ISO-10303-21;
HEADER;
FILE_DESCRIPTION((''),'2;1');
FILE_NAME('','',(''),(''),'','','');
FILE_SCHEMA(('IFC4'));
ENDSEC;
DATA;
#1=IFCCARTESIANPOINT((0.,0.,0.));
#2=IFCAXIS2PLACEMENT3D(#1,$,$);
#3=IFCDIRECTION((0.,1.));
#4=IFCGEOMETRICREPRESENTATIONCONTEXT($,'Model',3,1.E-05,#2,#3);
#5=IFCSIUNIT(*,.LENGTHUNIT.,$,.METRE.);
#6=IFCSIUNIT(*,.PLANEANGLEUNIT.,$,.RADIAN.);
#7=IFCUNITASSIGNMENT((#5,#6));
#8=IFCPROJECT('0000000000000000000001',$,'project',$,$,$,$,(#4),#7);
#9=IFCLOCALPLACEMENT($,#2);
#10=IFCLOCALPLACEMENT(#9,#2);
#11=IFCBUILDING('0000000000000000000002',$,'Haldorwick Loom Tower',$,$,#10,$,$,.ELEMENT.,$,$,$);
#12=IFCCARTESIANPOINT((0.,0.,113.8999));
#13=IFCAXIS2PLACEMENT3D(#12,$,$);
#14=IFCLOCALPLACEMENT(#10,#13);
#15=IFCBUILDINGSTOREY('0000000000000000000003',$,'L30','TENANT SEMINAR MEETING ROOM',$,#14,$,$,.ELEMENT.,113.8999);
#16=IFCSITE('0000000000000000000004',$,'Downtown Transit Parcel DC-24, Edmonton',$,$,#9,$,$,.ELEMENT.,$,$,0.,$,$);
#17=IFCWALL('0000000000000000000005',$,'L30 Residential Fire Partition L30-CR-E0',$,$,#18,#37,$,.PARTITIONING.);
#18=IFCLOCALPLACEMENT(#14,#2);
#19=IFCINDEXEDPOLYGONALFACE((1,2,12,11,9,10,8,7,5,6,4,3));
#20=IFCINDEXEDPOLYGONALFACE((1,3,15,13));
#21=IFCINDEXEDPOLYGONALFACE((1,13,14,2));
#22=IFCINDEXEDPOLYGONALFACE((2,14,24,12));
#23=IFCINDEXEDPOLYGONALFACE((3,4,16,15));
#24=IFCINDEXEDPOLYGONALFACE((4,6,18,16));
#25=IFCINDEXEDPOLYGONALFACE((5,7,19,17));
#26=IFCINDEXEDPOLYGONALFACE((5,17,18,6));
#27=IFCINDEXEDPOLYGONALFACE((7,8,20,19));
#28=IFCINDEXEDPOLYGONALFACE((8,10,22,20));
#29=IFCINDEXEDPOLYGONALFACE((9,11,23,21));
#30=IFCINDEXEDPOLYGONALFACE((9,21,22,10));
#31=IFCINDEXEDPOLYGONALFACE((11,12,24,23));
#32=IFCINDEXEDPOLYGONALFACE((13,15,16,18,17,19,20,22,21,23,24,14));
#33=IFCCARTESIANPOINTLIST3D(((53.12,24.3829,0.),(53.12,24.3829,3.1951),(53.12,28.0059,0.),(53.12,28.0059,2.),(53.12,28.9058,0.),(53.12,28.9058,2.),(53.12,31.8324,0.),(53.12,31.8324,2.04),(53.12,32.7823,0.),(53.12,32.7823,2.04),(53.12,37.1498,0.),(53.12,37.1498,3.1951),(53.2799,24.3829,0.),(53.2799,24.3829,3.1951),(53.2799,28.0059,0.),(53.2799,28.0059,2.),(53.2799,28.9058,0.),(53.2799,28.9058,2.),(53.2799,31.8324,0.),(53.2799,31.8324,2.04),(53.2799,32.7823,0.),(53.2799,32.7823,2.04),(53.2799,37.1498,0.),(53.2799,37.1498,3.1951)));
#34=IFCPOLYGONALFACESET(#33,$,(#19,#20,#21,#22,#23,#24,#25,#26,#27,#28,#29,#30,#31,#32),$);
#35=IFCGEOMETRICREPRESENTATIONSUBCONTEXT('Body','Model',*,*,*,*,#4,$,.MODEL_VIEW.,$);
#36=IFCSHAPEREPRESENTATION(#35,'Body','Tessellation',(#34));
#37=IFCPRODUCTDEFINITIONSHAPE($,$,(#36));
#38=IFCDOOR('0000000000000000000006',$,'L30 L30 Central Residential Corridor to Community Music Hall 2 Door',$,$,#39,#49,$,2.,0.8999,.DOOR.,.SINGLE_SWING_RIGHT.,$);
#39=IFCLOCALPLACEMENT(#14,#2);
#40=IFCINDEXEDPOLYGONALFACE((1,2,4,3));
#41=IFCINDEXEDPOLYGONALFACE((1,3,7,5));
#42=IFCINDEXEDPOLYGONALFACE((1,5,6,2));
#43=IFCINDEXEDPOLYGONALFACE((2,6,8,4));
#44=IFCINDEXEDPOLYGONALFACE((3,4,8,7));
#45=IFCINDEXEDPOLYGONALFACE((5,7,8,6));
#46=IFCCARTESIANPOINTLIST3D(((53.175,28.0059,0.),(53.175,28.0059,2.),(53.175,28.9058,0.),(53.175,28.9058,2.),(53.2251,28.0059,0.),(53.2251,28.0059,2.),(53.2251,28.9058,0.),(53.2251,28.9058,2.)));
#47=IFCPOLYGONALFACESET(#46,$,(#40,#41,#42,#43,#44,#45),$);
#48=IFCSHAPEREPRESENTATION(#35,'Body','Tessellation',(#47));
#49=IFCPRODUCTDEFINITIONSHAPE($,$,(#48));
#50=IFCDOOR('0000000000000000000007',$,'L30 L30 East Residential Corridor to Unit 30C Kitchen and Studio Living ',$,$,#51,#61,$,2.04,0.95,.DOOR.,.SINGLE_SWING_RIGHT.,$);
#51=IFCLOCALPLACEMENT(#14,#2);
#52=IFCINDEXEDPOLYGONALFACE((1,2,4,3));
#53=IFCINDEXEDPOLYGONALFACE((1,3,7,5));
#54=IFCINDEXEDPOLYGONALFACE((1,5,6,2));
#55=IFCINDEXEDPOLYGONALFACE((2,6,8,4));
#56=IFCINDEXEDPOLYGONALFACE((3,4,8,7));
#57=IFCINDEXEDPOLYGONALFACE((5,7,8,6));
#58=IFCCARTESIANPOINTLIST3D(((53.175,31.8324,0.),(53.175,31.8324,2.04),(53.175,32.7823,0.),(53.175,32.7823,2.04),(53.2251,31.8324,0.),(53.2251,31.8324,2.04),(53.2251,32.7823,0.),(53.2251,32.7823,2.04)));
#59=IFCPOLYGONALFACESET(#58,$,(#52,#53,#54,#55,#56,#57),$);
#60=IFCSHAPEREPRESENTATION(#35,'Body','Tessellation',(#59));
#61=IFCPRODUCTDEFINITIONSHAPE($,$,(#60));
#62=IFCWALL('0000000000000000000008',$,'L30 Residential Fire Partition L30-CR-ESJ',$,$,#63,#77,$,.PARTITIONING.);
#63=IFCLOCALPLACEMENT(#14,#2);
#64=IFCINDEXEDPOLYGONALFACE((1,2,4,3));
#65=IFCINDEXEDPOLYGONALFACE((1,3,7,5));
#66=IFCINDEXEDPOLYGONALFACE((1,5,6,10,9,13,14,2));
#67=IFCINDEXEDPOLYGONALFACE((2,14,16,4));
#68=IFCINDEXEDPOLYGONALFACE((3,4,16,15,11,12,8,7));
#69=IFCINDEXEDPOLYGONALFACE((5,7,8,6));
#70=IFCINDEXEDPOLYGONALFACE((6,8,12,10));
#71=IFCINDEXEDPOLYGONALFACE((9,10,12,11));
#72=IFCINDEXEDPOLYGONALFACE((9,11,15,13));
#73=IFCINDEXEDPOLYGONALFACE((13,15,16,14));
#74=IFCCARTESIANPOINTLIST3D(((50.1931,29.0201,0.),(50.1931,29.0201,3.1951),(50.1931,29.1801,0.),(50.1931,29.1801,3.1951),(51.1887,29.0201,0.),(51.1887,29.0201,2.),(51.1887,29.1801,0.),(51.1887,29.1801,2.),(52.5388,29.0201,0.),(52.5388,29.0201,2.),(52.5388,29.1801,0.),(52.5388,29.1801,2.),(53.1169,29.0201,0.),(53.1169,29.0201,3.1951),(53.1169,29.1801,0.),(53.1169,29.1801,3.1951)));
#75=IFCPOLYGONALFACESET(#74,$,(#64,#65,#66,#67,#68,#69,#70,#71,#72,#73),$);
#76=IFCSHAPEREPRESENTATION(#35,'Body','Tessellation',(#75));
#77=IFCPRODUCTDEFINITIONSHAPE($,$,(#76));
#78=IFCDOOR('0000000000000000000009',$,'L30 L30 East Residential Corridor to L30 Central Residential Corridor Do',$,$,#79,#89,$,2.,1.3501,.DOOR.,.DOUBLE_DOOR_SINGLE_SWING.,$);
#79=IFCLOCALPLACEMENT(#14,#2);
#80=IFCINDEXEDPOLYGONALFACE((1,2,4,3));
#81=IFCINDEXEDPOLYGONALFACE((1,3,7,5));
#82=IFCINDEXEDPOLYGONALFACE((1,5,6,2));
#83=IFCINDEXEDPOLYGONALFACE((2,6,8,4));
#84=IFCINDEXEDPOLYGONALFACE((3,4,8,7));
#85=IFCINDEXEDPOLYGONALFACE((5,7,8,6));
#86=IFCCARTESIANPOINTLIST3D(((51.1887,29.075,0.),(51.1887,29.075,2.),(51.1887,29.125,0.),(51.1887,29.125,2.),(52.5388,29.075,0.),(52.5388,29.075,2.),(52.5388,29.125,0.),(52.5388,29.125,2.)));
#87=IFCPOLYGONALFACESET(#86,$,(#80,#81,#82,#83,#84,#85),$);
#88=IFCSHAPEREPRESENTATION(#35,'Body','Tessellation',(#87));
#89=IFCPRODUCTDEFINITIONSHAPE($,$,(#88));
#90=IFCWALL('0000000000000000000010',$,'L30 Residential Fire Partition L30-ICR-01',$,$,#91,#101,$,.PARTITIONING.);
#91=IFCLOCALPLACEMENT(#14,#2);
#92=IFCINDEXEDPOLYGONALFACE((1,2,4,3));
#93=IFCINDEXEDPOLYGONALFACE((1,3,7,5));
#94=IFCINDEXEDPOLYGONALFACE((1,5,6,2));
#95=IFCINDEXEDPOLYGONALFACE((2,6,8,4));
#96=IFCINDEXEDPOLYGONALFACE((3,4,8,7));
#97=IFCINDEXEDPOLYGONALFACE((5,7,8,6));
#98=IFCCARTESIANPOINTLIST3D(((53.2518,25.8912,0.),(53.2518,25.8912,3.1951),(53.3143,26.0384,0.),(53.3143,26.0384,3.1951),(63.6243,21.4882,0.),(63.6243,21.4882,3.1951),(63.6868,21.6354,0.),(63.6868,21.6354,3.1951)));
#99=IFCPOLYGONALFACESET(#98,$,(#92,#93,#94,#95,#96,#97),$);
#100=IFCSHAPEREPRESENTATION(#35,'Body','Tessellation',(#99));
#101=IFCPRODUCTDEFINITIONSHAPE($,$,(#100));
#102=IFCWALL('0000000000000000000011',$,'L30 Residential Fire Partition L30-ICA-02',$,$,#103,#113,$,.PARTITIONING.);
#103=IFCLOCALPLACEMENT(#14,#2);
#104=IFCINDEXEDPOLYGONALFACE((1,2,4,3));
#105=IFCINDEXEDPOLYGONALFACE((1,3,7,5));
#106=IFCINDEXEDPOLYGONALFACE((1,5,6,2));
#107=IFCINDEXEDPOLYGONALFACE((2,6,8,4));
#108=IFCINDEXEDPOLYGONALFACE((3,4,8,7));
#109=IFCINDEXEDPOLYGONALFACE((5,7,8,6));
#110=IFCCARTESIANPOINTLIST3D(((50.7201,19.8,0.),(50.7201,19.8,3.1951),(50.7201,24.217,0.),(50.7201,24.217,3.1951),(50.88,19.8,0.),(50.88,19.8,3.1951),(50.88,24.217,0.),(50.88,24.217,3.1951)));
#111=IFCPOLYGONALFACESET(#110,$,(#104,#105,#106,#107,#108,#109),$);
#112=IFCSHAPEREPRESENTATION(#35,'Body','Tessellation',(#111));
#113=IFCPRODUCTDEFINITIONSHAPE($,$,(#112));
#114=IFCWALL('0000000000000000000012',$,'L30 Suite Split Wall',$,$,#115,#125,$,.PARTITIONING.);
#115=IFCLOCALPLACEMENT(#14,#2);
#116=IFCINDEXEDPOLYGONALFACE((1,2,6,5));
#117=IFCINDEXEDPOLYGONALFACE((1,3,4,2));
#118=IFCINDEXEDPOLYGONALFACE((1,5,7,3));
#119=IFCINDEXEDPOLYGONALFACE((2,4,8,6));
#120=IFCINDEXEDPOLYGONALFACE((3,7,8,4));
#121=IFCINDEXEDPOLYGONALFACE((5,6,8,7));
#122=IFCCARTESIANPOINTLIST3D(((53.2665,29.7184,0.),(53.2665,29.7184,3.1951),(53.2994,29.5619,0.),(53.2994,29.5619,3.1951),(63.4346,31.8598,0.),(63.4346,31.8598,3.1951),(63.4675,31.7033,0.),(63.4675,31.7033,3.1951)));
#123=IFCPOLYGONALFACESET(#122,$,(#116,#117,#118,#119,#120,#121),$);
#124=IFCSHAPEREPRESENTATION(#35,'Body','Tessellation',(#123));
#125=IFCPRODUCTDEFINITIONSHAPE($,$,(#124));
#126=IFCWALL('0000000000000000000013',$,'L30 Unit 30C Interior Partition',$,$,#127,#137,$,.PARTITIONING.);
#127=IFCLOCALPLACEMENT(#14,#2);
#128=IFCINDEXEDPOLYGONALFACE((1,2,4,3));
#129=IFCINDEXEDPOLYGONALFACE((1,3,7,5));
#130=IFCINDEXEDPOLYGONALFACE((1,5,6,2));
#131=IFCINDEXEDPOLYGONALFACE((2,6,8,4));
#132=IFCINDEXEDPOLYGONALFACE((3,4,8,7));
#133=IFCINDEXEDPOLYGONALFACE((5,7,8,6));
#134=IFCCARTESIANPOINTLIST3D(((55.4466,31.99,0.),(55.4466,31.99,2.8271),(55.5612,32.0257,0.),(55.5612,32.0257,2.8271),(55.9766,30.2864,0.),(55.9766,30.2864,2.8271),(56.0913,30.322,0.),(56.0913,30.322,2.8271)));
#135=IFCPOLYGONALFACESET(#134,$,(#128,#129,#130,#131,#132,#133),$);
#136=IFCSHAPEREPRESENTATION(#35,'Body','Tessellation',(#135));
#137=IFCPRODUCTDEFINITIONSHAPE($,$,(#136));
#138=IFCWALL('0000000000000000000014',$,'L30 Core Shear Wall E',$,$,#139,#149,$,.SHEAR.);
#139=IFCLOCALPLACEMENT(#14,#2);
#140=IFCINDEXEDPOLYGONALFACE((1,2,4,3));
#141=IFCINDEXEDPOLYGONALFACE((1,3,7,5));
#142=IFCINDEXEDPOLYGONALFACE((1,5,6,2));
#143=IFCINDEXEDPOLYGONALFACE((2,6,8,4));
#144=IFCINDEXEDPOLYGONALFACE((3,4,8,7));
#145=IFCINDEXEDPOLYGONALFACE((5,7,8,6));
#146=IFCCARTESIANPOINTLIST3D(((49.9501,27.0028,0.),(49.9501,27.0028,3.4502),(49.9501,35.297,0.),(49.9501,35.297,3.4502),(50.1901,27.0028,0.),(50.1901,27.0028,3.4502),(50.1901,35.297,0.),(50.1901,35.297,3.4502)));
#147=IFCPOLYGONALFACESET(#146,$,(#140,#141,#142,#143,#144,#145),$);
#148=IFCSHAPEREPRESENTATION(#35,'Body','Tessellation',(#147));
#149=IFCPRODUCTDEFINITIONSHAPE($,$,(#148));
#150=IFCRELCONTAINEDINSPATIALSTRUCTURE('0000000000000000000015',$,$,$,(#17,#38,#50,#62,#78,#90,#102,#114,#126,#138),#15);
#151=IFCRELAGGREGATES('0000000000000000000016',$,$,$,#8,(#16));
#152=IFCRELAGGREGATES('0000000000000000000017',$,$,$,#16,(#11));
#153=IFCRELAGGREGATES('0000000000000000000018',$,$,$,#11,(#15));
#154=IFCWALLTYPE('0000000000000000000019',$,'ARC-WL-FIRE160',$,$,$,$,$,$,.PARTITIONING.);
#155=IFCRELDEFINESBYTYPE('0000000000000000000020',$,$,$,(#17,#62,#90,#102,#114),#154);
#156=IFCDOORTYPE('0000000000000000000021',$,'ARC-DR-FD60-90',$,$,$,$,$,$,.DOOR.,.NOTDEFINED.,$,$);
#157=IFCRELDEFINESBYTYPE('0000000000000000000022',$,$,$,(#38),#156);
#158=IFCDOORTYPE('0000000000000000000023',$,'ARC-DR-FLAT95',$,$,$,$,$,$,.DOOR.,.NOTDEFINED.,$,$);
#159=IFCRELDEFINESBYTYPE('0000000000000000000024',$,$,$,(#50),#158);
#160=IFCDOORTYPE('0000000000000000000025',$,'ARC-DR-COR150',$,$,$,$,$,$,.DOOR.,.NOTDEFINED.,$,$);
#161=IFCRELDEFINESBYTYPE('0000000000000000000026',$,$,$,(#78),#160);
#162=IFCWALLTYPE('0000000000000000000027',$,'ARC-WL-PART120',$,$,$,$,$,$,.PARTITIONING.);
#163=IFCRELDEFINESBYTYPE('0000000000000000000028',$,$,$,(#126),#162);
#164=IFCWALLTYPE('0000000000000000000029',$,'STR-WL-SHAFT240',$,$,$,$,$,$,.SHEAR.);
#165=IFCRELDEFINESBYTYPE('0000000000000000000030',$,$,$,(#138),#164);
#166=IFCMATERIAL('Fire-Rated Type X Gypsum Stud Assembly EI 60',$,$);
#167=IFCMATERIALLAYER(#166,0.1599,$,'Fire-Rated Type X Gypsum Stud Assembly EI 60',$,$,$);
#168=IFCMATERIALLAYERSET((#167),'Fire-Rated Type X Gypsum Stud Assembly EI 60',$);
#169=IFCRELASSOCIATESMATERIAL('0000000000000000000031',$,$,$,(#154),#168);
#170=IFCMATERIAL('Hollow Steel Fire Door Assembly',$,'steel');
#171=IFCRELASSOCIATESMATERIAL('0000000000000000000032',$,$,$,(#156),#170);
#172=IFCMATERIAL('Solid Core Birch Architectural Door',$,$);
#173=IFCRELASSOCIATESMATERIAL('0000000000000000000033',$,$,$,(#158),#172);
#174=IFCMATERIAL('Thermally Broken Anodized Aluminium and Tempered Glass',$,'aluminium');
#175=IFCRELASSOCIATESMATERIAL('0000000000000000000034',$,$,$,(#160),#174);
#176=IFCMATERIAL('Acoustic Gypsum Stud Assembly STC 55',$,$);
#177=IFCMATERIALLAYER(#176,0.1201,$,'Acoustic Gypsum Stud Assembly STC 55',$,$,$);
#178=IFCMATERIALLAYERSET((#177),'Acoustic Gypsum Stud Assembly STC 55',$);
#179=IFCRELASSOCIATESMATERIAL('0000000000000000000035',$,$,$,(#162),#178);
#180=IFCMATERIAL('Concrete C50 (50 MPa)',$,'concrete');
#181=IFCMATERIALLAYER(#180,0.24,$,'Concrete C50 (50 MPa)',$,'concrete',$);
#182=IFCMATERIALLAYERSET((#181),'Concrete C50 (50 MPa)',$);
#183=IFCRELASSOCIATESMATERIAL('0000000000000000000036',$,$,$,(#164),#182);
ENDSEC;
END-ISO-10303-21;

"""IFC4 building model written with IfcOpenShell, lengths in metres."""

from ifc_helpers import new_model, si_unit, direction, frame, frame_2d, origin, place, context, subcontext, project, spatial, rectangle, extrude, material, layer, layer_set, type_object, element, fill, save


model = new_model("IFC4")

# Units and contexts
model_context = context("Model", 3, precision=1e-05, world=origin(), true_north=direction((0.0, 1.0)))
body_context = subcontext(model_context, "Body", "Model", "MODEL_VIEW")
ifc_project = project(units=[si_unit("LENGTHUNIT", "METRE"), si_unit("PLANEANGLEUNIT", "RADIAN")], contexts=[model_context])

# Site, building, storey
site_placement = place(None, origin())
site = spatial("IfcSite", under=ifc_project, at=site_placement, Name="Downtown Transit Parcel DC-24, Edmonton", CompositionType="ELEMENT", RefElevation=0.0)
building_placement = place(site_placement, origin())
building = spatial("IfcBuilding", under=site, at=building_placement, Name="Haldorwick Loom Tower", CompositionType="ELEMENT")
storey_placement = place(building_placement, frame((0.0, 0.0, 113.8999)))
storey = spatial("IfcBuildingStorey", under=building, at=storey_placement, Name="L30", Description="TENANT SEMINAR MEETING ROOM", CompositionType="ELEMENT", Elevation=113.8999)

# Wall, openings, doors
ifc_material_1 = material(Name="Fire-Rated Type X Gypsum Stud Assembly EI 60")
ifc_layer_1 = layer(ifc_material_1, 0.1599, Name="Fire-Rated Type X Gypsum Stud Assembly EI 60")
ifc_layer_set_1 = layer_set([ifc_layer_1], Name="Fire-Rated Type X Gypsum Stud Assembly EI 60")
wall_type_1 = type_object("IfcWallType", Name="ARC-WL-FIRE160", PredefinedType="PARTITIONING", material=ifc_layer_set_1)
wall_1_placement = place(storey_placement, frame((53.2, 24.3831, 0.0), z_axis=(0.0, 0.0, 1.0), x_axis=(0.0, 1.0, 0.0)))
wall_1 = element("IfcWall", 1, at=wall_1_placement, inside=storey, type_object=wall_type_1, Name="L30 Residential Fire Partition L30-CR-E0", PredefinedType="PARTITIONING", context=body_context, shape_type="SweptSolid", body=[
    extrude(rectangle(XDim=12.7668, YDim=0.1599, at=frame_2d((6.3833, 0.0))), origin(), (0.0, 0.0, 1.0), 3.1951),
])
opening_1_placement = place(wall_1_placement, frame((3.6228, 0.0, 0.0)))
opening_1 = element("IfcOpeningElement", 2, at=opening_1_placement, cuts=wall_1, PredefinedType="OPENING", context=body_context, shape_type="SweptSolid", body=[
    extrude(rectangle(XDim=0.8999, YDim=2.0, at=frame_2d((0.45, 1.0))), frame((0.0, 0.0898, 0.0), z_axis=(0.0, -1.0, 0.0), x_axis=(1.0, 0.0, 0.0)), (0.0, 0.0, 1.0), 0.1799),
])
opening_2_placement = place(wall_1_placement, frame((7.4492, 0.0, 0.0)))
opening_2 = element("IfcOpeningElement", 3, at=opening_2_placement, cuts=wall_1, PredefinedType="OPENING", context=body_context, shape_type="SweptSolid", body=[
    extrude(rectangle(XDim=0.95, YDim=2.04, at=frame_2d((0.4751, 1.02))), frame((0.0, 0.0898, 0.0), z_axis=(0.0, -1.0, 0.0), x_axis=(1.0, 0.0, 0.0)), (0.0, 0.0, 1.0), 0.1799),
])
ifc_material_2 = material(Name="Hollow Steel Fire Door Assembly", Category="steel")
door_type_1 = type_object("IfcDoorType", Name="ARC-DR-FD60-90", OperationType="NOTDEFINED", PredefinedType="DOOR", material=ifc_material_2)
door_1_placement = place(opening_1_placement, origin())
door_1 = element("IfcDoor", 4, at=door_1_placement, inside=storey, type_object=door_type_1, Name="L30 L30 Central Residential Corridor to Community Music Hall 2 Door", OperationType="SINGLE_SWING_RIGHT", OverallHeight=2.0, OverallWidth=0.8999, PredefinedType="DOOR", context=body_context, shape_type="SweptSolid", body=[
    extrude(rectangle(XDim=0.8999, YDim=2.0, at=frame_2d((0.45, 1.0))), frame((0.0, 0.0249, 0.0), z_axis=(0.0, -1.0, 0.0), x_axis=(1.0, 0.0, 0.0)), (0.0, 0.0, 1.0), 0.05),
])
fill(opening_1, door_1)
ifc_material_3 = material(Name="Solid Core Birch Architectural Door")
door_type_2 = type_object("IfcDoorType", Name="ARC-DR-FLAT95", OperationType="NOTDEFINED", PredefinedType="DOOR", material=ifc_material_3)
door_2_placement = place(opening_2_placement, origin())
door_2 = element("IfcDoor", 5, at=door_2_placement, inside=storey, type_object=door_type_2, Name="L30 L30 East Residential Corridor to Unit 30C Kitchen and Studio Living ", OperationType="SINGLE_SWING_RIGHT", OverallHeight=2.04, OverallWidth=0.95, PredefinedType="DOOR", context=body_context, shape_type="SweptSolid", body=[
    extrude(rectangle(XDim=0.95, YDim=2.04, at=frame_2d((0.4751, 1.02))), frame((0.0, 0.0249, 0.0), z_axis=(0.0, -1.0, 0.0), x_axis=(1.0, 0.0, 0.0)), (0.0, 0.0, 1.0), 0.05),
])
fill(opening_2, door_2)

# Wall, opening, door
wall_2_placement = place(storey_placement, frame((50.1931, 29.1001, 0.0), z_axis=(0.0, 0.0, 1.0), x_axis=(1.0, 0.0, 0.0)))
wall_2 = element("IfcWall", 6, at=wall_2_placement, inside=storey, type_object=wall_type_1, Name="L30 Residential Fire Partition L30-CR-ESJ", PredefinedType="PARTITIONING", context=body_context, shape_type="SweptSolid", body=[
    extrude(rectangle(XDim=2.9238, YDim=0.1599, at=frame_2d((1.4619, 0.0))), origin(), (0.0, 0.0, 1.0), 3.1951),
])
opening_3_placement = place(wall_2_placement, frame((0.9956, 0.0, 0.0)))
opening_3 = element("IfcOpeningElement", 7, at=opening_3_placement, cuts=wall_2, PredefinedType="OPENING", context=body_context, shape_type="SweptSolid", body=[
    extrude(rectangle(XDim=1.3501, YDim=2.0, at=frame_2d((0.675, 1.0))), frame((0.0, 0.0898, 0.0), z_axis=(0.0, -1.0, 0.0), x_axis=(1.0, 0.0, 0.0)), (0.0, 0.0, 1.0), 0.1799),
])
ifc_material_4 = material(Name="Thermally Broken Anodized Aluminium and Tempered Glass", Category="aluminium")
door_type_3 = type_object("IfcDoorType", Name="ARC-DR-COR150", OperationType="NOTDEFINED", PredefinedType="DOOR", material=ifc_material_4)
door_3_placement = place(opening_3_placement, origin())
door_3 = element("IfcDoor", 8, at=door_3_placement, inside=storey, type_object=door_type_3, Name="L30 L30 East Residential Corridor to L30 Central Residential Corridor Do", OperationType="DOUBLE_DOOR_SINGLE_SWING", OverallHeight=2.0, OverallWidth=1.3501, PredefinedType="DOOR", context=body_context, shape_type="SweptSolid", body=[
    extrude(rectangle(XDim=1.3501, YDim=2.0, at=frame_2d((0.675, 1.0))), frame((0.0, 0.0249, 0.0), z_axis=(0.0, -1.0, 0.0), x_axis=(1.0, 0.0, 0.0)), (0.0, 0.0, 1.0), 0.05),
])
fill(opening_3, door_3)

# Walls
wall_3_placement = place(storey_placement, frame((53.283, 25.9648, 0.0), z_axis=(0.0, 0.0, 1.0), x_axis=(0.920499, -0.390745, 0.0)))
element("IfcWall", 9, at=wall_3_placement, inside=storey, type_object=wall_type_1, Name="L30 Residential Fire Partition L30-ICR-01", PredefinedType="PARTITIONING", context=body_context, shape_type="SweptSolid", body=[
    extrude(rectangle(XDim=11.2683, YDim=0.1599, at=frame_2d((5.6343, 0.0))), origin(), (0.0, 0.0, 1.0), 3.1951),
])
wall_4_placement = place(storey_placement, frame((50.8, 24.217, 0.0), z_axis=(0.0, 0.0, 1.0), x_axis=(0.0, -1.0, 0.0)))
element("IfcWall", 10, at=wall_4_placement, inside=storey, type_object=wall_type_1, Name="L30 Residential Fire Partition L30-ICA-02", PredefinedType="PARTITIONING", context=body_context, shape_type="SweptSolid", body=[
    extrude(rectangle(XDim=4.417, YDim=0.1599, at=frame_2d((2.2085, 0.0))), origin(), (0.0, 0.0, 1.0), 3.1951),
])
wall_5_placement = place(storey_placement, frame((53.283, 29.6401, 0.0), z_axis=(0.0, 0.0, 1.0), x_axis=(0.978536, 0.206078, 0.0)))
element("IfcWall", 11, at=wall_5_placement, inside=storey, type_object=wall_type_1, Name="L30 Suite Split Wall", PredefinedType="PARTITIONING", context=body_context, shape_type="SweptSolid", body=[
    extrude(rectangle(XDim=10.3911, YDim=0.1599, at=frame_2d((5.1956, 0.0))), origin(), (0.0, 0.0, 1.0), 3.1951),
])
ifc_material_5 = material(Name="Acoustic Gypsum Stud Assembly STC 55")
ifc_layer_2 = layer(ifc_material_5, 0.1201, Name="Acoustic Gypsum Stud Assembly STC 55")
ifc_layer_set_2 = layer_set([ifc_layer_2], Name="Acoustic Gypsum Stud Assembly STC 55")
wall_type_2 = type_object("IfcWallType", Name="ARC-WL-PART120", PredefinedType="PARTITIONING", material=ifc_layer_set_2)
wall_6_placement = place(storey_placement, frame((56.0339, 30.3042, 0.0), z_axis=(0.0, 0.0, 1.0), x_axis=(-0.297075, 0.954854, 0.0)))
element("IfcWall", 12, at=wall_6_placement, inside=storey, type_object=wall_type_2, Name="L30 Unit 30C Interior Partition", PredefinedType="PARTITIONING", context=body_context, shape_type="SweptSolid", body=[
    extrude(rectangle(XDim=1.7842, YDim=0.1201, at=frame_2d((0.8921, 0.0))), origin(), (0.0, 0.0, 1.0), 2.8271),
])
ifc_material_6 = material(Name="Concrete C50 (50 MPa)", Category="concrete")
ifc_layer_3 = layer(ifc_material_6, 0.24, Name="Concrete C50 (50 MPa)", Category="concrete")
ifc_layer_set_3 = layer_set([ifc_layer_3], Name="Concrete C50 (50 MPa)")
wall_type_3 = type_object("IfcWallType", Name="STR-WL-SHAFT240", PredefinedType="SHEAR", material=ifc_layer_set_3)
wall_7_placement = place(storey_placement, frame((50.0701, 27.0029, 0.0), z_axis=(0.0, 0.0, 1.0), x_axis=(0.0, 1.0, 0.0)))
element("IfcWall", 13, at=wall_7_placement, inside=storey, type_object=wall_type_3, Name="L30 Core Shear Wall E", PredefinedType="SHEAR", context=body_context, shape_type="SweptSolid", body=[
    extrude(rectangle(XDim=8.2942, YDim=0.24, at=frame_2d((4.147, 0.0))), origin(), (0.0, 0.0, 1.0), 3.4502),
])

save(model, "model.ifc")
